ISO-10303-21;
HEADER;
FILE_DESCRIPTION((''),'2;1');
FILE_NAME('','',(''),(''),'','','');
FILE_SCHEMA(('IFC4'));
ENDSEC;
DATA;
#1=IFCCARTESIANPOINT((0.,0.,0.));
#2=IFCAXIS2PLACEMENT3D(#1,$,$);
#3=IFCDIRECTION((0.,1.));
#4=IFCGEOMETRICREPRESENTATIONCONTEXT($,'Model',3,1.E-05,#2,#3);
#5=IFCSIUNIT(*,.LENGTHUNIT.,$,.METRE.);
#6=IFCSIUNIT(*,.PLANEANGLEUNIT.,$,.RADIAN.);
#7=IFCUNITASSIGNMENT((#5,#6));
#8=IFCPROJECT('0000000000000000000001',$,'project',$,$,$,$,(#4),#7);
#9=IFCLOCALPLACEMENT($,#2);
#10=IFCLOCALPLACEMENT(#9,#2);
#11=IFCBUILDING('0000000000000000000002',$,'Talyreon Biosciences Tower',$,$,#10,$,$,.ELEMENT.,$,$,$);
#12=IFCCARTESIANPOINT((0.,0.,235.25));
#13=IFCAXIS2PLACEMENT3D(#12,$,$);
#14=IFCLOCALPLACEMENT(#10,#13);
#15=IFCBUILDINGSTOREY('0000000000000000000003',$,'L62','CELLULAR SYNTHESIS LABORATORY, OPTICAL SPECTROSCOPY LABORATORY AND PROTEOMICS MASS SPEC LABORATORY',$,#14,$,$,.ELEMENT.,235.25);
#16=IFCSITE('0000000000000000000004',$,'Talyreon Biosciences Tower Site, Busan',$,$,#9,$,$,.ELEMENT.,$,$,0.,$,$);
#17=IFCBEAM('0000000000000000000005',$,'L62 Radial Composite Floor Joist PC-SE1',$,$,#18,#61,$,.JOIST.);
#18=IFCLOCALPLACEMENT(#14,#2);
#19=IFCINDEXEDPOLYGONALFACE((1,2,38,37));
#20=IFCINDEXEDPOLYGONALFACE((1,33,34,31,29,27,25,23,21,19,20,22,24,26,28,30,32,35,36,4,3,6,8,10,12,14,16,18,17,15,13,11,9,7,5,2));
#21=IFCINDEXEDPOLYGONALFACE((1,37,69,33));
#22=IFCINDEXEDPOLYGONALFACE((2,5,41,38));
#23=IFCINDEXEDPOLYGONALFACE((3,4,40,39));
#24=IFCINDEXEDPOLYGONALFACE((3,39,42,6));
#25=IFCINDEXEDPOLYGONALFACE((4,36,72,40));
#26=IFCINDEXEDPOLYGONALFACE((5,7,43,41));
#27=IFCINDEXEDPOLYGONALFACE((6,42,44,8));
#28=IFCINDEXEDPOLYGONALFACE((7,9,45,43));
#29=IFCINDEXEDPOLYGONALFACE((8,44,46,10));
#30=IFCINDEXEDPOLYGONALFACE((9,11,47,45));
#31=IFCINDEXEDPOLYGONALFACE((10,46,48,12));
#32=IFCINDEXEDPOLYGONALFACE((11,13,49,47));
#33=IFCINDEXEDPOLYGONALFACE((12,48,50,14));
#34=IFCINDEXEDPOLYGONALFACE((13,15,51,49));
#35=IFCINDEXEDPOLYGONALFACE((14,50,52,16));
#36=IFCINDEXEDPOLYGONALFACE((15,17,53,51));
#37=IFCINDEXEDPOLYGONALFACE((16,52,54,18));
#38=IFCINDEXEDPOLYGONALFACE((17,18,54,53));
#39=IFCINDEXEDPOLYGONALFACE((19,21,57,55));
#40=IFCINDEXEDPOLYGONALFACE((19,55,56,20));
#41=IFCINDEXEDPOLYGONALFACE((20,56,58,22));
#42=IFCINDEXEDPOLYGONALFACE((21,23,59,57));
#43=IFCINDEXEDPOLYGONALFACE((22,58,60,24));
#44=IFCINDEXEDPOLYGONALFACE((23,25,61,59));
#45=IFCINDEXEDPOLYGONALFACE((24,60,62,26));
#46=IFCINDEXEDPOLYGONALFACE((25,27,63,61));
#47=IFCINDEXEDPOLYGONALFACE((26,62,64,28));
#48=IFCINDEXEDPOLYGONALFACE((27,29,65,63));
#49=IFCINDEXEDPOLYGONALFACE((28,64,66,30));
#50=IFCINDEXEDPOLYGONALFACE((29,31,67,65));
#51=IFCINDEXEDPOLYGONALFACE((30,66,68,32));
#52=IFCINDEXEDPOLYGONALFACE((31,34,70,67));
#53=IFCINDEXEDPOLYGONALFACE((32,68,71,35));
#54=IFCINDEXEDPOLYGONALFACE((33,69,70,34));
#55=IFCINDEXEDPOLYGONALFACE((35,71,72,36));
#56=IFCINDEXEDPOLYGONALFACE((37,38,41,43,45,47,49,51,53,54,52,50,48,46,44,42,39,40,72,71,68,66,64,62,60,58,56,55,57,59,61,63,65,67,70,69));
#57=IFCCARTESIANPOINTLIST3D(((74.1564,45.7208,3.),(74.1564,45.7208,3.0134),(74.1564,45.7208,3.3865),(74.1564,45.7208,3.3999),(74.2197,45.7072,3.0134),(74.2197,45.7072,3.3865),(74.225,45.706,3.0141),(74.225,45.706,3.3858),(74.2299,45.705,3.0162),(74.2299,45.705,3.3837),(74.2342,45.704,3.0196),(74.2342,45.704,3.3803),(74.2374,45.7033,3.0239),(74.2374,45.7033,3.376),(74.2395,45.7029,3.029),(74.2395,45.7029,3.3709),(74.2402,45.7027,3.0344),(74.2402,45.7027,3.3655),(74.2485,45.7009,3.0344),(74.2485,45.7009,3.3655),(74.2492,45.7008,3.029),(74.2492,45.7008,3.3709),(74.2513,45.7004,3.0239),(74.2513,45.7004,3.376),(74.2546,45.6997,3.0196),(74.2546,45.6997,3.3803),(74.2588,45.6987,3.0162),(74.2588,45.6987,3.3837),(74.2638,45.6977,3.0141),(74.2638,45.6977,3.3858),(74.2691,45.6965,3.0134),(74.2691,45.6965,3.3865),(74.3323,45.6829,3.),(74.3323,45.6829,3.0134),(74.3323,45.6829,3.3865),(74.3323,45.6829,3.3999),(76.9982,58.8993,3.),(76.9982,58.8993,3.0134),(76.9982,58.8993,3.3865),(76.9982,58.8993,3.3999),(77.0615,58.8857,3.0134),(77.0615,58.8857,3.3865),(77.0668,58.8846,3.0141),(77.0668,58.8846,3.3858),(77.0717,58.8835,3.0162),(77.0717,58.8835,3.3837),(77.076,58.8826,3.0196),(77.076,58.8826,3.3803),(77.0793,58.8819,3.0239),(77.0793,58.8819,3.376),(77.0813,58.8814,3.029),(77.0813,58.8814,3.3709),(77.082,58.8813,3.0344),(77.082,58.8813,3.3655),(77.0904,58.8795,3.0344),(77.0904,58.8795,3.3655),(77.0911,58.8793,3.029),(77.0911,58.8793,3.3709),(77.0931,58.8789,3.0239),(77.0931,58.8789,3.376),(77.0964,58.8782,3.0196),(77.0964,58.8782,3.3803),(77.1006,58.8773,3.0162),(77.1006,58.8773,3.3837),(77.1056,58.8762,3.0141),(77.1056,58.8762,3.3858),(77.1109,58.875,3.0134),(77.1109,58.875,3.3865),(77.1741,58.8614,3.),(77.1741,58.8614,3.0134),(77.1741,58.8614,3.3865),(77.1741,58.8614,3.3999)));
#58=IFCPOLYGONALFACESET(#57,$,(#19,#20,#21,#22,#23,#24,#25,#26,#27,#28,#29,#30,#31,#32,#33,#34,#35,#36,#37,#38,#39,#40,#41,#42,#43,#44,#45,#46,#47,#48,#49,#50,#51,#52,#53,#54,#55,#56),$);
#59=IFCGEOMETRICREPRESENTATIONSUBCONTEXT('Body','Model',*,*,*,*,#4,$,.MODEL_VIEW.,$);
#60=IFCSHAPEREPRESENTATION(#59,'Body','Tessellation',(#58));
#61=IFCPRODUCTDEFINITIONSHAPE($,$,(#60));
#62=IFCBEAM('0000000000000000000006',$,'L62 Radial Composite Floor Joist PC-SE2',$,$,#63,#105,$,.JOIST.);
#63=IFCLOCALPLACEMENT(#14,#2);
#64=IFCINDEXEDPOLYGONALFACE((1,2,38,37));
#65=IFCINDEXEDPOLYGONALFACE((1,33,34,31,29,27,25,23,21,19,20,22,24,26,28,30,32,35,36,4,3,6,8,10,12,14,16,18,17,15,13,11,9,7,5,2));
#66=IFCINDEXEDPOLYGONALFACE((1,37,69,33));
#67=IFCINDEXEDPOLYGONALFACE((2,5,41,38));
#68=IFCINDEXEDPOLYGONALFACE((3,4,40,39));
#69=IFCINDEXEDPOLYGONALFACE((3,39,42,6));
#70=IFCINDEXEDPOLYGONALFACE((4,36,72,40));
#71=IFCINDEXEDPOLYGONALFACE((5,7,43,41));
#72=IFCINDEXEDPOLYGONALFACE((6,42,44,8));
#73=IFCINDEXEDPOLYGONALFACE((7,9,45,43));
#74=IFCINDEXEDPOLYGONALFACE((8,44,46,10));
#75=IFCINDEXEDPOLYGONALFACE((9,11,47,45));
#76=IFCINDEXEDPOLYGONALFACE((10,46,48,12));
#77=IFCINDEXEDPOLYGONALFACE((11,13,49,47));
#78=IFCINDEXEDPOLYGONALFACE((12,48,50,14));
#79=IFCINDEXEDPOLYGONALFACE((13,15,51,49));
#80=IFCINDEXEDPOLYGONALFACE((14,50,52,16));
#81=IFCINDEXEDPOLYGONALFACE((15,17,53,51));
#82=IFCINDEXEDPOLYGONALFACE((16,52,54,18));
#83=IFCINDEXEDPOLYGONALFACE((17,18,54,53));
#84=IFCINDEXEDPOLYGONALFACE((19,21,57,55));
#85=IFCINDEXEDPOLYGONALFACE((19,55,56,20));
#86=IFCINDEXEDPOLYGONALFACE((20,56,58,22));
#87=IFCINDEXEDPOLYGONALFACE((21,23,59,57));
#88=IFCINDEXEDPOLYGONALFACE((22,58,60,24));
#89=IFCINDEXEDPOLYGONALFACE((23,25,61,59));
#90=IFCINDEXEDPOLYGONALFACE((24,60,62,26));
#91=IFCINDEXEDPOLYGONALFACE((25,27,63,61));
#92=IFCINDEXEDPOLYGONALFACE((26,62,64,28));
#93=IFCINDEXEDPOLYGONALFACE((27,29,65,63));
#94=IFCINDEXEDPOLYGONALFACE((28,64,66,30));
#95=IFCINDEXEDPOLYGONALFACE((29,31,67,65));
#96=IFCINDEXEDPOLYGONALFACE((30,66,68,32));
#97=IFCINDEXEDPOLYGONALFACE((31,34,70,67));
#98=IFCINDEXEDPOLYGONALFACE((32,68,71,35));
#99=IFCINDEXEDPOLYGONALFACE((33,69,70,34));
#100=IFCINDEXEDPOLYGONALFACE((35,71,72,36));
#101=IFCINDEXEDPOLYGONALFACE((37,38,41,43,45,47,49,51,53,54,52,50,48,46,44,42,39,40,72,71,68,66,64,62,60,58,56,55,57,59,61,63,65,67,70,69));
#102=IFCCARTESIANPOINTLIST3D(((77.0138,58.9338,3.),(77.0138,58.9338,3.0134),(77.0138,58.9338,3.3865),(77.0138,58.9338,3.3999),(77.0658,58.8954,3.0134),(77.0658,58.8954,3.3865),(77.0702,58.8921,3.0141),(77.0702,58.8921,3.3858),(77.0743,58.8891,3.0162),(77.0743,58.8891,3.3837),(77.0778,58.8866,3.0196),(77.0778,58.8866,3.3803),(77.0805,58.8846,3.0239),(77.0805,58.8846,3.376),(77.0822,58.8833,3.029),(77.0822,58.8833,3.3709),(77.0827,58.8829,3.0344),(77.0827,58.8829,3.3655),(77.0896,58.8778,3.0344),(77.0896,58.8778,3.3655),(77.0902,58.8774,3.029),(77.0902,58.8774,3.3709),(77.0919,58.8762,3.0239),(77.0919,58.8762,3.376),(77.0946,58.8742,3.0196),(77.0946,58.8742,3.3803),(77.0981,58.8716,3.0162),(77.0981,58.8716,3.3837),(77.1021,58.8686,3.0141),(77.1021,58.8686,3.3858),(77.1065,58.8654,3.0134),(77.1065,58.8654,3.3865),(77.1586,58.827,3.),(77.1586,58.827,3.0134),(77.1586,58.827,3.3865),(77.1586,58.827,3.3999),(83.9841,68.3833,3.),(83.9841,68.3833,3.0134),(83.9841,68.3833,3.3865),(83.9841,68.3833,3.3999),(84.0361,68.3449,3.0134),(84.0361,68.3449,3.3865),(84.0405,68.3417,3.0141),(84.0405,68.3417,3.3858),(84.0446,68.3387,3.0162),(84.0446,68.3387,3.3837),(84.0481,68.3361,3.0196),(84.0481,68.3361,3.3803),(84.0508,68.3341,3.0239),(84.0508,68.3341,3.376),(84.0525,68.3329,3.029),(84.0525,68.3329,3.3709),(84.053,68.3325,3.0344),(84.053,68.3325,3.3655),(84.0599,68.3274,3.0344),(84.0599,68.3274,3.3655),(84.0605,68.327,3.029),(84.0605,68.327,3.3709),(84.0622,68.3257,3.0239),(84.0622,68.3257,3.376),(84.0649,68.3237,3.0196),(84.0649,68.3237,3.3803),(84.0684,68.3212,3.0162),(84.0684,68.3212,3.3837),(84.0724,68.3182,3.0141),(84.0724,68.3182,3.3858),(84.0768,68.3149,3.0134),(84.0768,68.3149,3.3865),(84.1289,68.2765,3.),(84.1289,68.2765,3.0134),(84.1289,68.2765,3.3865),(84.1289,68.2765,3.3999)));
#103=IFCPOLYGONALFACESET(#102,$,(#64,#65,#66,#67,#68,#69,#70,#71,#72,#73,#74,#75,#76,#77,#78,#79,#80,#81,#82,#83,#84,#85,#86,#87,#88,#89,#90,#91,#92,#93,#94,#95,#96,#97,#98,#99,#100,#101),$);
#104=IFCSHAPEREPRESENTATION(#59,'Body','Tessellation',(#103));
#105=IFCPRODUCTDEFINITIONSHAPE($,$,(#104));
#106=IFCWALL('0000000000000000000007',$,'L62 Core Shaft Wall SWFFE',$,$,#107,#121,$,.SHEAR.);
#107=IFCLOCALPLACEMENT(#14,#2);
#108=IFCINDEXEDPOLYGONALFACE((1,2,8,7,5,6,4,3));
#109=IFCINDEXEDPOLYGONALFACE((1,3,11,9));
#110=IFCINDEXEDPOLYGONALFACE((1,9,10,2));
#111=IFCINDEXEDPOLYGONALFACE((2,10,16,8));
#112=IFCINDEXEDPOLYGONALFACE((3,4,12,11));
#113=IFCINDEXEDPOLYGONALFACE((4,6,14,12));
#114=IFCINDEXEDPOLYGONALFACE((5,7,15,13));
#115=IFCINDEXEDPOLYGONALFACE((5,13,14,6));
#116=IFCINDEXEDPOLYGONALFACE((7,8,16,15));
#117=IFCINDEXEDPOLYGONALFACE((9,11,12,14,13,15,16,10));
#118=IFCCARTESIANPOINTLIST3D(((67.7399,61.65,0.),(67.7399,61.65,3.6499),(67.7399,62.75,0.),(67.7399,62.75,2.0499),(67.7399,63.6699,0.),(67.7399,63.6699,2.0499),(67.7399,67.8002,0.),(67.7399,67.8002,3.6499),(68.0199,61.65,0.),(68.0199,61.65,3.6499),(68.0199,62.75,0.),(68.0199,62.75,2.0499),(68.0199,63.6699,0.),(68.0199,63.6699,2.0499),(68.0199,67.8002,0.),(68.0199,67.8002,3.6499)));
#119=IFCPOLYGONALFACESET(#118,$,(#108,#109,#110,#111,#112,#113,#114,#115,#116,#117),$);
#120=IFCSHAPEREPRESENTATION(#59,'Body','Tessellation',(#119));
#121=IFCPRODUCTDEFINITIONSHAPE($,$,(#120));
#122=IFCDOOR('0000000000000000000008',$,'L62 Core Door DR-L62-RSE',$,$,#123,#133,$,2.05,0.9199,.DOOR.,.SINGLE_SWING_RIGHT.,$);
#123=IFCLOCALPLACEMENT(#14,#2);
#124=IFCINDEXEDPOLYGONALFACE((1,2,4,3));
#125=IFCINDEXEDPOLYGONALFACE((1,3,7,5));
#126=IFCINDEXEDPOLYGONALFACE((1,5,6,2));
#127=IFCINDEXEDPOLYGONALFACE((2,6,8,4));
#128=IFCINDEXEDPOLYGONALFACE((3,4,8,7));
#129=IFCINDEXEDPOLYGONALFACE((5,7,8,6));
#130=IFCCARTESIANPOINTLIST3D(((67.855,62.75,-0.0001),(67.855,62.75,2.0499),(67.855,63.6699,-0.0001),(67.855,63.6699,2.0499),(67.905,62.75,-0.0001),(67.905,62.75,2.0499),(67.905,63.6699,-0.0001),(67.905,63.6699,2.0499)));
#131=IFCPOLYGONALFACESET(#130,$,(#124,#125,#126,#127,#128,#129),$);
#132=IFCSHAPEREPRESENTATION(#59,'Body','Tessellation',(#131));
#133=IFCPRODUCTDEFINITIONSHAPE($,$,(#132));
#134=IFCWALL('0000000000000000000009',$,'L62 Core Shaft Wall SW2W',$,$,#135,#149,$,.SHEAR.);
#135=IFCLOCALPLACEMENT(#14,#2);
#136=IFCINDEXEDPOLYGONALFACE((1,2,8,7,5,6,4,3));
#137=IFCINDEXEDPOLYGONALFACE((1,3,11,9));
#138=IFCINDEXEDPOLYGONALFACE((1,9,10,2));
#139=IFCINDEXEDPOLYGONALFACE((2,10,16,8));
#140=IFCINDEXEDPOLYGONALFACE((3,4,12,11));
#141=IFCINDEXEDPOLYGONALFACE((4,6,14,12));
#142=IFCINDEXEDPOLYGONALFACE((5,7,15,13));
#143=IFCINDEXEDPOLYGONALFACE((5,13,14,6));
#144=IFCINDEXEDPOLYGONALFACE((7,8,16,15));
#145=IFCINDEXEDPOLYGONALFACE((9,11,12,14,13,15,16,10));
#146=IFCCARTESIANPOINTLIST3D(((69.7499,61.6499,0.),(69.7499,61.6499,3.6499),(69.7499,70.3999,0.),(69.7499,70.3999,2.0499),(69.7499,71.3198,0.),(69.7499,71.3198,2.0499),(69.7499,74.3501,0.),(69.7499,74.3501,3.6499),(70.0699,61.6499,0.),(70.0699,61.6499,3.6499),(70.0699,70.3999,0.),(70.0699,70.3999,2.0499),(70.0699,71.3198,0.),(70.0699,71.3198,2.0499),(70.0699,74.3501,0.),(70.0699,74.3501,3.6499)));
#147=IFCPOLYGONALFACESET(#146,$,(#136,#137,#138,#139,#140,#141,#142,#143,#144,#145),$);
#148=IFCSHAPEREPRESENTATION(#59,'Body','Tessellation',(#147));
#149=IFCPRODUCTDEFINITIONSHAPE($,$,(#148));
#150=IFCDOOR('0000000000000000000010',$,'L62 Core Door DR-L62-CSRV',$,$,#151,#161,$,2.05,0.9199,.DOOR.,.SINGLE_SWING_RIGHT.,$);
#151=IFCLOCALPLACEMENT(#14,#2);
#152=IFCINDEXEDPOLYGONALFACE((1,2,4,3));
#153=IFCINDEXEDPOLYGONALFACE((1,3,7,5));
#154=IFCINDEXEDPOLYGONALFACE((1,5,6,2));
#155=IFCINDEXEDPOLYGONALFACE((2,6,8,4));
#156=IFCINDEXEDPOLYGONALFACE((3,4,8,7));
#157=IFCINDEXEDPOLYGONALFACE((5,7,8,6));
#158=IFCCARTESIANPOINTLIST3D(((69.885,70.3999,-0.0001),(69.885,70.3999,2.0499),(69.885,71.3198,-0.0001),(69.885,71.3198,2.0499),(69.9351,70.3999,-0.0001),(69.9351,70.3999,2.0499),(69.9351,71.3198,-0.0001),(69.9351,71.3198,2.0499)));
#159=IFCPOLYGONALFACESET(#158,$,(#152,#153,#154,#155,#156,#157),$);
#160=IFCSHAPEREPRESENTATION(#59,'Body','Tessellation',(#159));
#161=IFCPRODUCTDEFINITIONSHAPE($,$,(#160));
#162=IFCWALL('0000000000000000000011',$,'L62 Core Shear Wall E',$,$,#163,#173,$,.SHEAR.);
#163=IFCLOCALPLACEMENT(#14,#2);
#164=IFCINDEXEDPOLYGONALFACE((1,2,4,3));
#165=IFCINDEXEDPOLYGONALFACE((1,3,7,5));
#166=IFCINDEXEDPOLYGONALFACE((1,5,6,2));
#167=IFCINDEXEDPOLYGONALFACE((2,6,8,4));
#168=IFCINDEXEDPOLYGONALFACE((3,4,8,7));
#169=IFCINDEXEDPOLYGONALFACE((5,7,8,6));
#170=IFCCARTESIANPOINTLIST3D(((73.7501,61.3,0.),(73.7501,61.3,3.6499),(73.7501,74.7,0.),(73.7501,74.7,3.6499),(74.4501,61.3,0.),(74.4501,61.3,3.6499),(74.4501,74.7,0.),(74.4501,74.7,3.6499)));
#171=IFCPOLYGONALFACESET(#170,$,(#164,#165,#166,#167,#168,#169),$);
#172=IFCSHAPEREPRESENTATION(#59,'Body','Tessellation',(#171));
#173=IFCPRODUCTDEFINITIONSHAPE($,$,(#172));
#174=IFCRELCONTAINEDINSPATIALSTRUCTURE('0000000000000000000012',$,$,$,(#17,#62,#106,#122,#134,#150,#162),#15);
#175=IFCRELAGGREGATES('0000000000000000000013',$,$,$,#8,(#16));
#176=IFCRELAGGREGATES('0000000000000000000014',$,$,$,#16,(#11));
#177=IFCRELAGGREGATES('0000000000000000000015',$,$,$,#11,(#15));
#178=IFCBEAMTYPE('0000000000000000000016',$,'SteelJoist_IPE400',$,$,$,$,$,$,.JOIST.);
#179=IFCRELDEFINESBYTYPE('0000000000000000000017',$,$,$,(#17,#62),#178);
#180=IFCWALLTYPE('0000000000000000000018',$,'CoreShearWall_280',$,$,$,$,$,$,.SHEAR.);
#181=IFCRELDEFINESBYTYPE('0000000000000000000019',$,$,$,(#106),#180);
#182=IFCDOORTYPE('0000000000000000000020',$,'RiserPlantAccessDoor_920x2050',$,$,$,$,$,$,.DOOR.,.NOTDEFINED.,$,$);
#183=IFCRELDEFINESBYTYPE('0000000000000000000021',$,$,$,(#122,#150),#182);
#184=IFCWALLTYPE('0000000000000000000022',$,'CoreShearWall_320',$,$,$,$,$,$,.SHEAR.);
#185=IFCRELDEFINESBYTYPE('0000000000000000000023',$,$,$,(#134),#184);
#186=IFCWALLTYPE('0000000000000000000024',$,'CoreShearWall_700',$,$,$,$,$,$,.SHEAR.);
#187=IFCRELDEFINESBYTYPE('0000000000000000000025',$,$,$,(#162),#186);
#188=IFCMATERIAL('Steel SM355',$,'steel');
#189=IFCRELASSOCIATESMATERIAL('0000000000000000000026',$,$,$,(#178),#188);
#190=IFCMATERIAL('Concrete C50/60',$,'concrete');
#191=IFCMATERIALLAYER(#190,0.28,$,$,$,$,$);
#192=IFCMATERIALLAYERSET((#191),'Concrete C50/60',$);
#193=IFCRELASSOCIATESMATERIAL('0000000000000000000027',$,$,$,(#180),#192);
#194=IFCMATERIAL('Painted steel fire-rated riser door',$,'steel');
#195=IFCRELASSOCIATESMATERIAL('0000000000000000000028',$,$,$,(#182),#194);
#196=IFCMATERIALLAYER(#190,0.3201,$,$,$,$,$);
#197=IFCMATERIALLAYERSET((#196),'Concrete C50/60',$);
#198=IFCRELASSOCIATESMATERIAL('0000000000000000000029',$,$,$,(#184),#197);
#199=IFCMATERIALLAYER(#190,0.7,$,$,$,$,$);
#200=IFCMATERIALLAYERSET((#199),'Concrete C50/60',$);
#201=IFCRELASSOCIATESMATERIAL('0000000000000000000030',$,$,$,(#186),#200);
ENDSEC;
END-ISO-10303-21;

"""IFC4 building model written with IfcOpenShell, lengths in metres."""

from ifc_helpers import new_model, si_unit, direction, frame, frame_2d, origin, origin_2d, place, context, subcontext, project, spatial, rectangle, i_section, extrude, material, layer, layer_set, material_profile, profile_set, type_object, element, fill, save


model = new_model("IFC4")

# Units and contexts
model_context = context("Model", 3, precision=1e-05, world=origin(), true_north=direction((0.0, 1.0)))
body_context = subcontext(model_context, "Body", "Model", "MODEL_VIEW")
ifc_project = project(units=[si_unit("LENGTHUNIT", "METRE"), si_unit("PLANEANGLEUNIT", "RADIAN")], contexts=[model_context])

# Site, building, storey
site_placement = place(None, origin())
site = spatial("IfcSite", under=ifc_project, at=site_placement, Name="Talyreon Biosciences Tower Site, Busan", CompositionType="ELEMENT", RefElevation=0.0)
building_placement = place(site_placement, origin())
building = spatial("IfcBuilding", under=site, at=building_placement, Name="Talyreon Biosciences Tower", CompositionType="ELEMENT")
storey_placement = place(building_placement, frame((0.0, 0.0, 235.25)))
storey = spatial("IfcBuildingStorey", under=building, at=storey_placement, Name="L62", Description="CELLULAR SYNTHESIS LABORATORY, OPTICAL SPECTROSCOPY LABORATORY AND PROTEOMICS MASS SPEC LABORATORY", CompositionType="ELEMENT", Elevation=235.25)

# Shared definitions
ifc_material_1 = material(Name="Concrete C50/60", Category="concrete")

# Beams
ifc_material_2 = material(Name="Steel SM355", Category="steel")
ifc_material_profile_1 = material_profile(ifc_material_2, i_section(OverallWidth=0.1799, OverallDepth=0.3999, WebThickness=0.0085, FlangeThickness=0.0134, FilletRadius=0.021, at=origin_2d()), Name="IPE400")
ifc_profile_set_1 = profile_set([ifc_material_profile_1], Name="Steel SM355")
beam_type_1 = type_object("IfcBeamType", Name="SteelJoist_IPE400", PredefinedType="JOIST", material=ifc_profile_set_1)
beam_1_placement = place(storey_placement, frame((77.0862, 58.8804, 3.2), z_axis=(-0.210794, -0.97753, 0.0), x_axis=(0.97753, -0.210794, 0.0)))
element("IfcBeam", 1, at=beam_1_placement, inside=storey, type_object=beam_type_1, Name="L62 Radial Composite Floor Joist PC-SE1", PredefinedType="JOIST", context=body_context, shape_type="SweptSolid", body=[
    extrude(i_section(OverallWidth=0.1799, OverallDepth=0.3999, WebThickness=0.0085, FlangeThickness=0.0134, FilletRadius=0.021, at=origin_2d()), origin(), (0.0, 0.0, 1.0), 13.4814),
])
beam_2_placement = place(storey_placement, frame((77.0862, 58.8804, 3.2), z_axis=(0.59361, 0.804753, 0.0), x_axis=(-0.804753, 0.59361, 0.0)))
element("IfcBeam", 2, at=beam_2_placement, inside=storey, type_object=beam_type_1, Name="L62 Radial Composite Floor Joist PC-SE2", PredefinedType="JOIST", context=body_context, shape_type="SweptSolid", body=[
    extrude(i_section(OverallWidth=0.1799, OverallDepth=0.3999, WebThickness=0.0085, FlangeThickness=0.0134, FilletRadius=0.021, at=origin_2d()), origin(), (0.0, 0.0, 1.0), 11.7422),
])

# Walls, openings, doors
ifc_layer_1 = layer(ifc_material_1, 0.28)
ifc_layer_set_1 = layer_set([ifc_layer_1], Name="Concrete C50/60")
wall_type_1 = type_object("IfcWallType", Name="CoreShearWall_280", PredefinedType="SHEAR", material=ifc_layer_set_1)
wall_1_placement = place(storey_placement, frame((67.8799, 61.6499, 0.0), z_axis=(0.0, 0.0, 1.0), x_axis=(0.0, 1.0, 0.0)))
wall_1 = element("IfcWall", 3, at=wall_1_placement, inside=storey, type_object=wall_type_1, Name="L62 Core Shaft Wall SWFFE", PredefinedType="SHEAR", context=body_context, shape_type="SweptSolid", body=[
    extrude(rectangle(XDim=6.1501, YDim=0.28, at=frame_2d((3.0752, 0.0))), origin(), (0.0, 0.0, 1.0), 3.6499),
])
opening_1_placement = place(wall_1_placement, frame((1.1001, 0.0, 0.0)))
opening_1 = element("IfcOpeningElement", 4, at=opening_1_placement, cuts=wall_1, PredefinedType="OPENING", context=body_context, shape_type="SweptSolid", body=[
    extrude(rectangle(XDim=0.9199, YDim=2.05, at=frame_2d((0.46, 1.0249))), frame((0.0, 0.1499, 0.0), z_axis=(0.0, -1.0, 0.0), x_axis=(1.0, 0.0, 0.0)), (0.0, 0.0, 1.0), 0.3),
])
ifc_material_3 = material(Name="Painted steel fire-rated riser door", Category="steel")
door_type = type_object("IfcDoorType", Name="RiserPlantAccessDoor_920x2050", OperationType="NOTDEFINED", PredefinedType="DOOR", material=ifc_material_3)
door_1_placement = place(opening_1_placement, origin())
door_1 = element("IfcDoor", 5, at=door_1_placement, inside=storey, type_object=door_type, Name="L62 Core Door DR-L62-RSE", OperationType="SINGLE_SWING_RIGHT", OverallHeight=2.05, OverallWidth=0.9199, PredefinedType="DOOR", context=body_context, shape_type="SweptSolid", body=[
    extrude(rectangle(XDim=0.9199, YDim=2.05, at=frame_2d((0.46, 1.0249))), frame((0.0, 0.0249, 0.0), z_axis=(0.0, -1.0, 0.0), x_axis=(1.0, 0.0, 0.0)), (0.0, 0.0, 1.0), 0.05),
])
fill(opening_1, door_1)
ifc_layer_2 = layer(ifc_material_1, 0.3201)
ifc_layer_set_2 = layer_set([ifc_layer_2], Name="Concrete C50/60")
wall_type_2 = type_object("IfcWallType", Name="CoreShearWall_320", PredefinedType="SHEAR", material=ifc_layer_set_2)
wall_2_placement = place(storey_placement, frame((69.9099, 61.6499, 0.0), z_axis=(0.0, 0.0, 1.0), x_axis=(0.0, 1.0, 0.0)))
wall_2 = element("IfcWall", 6, at=wall_2_placement, inside=storey, type_object=wall_type_2, Name="L62 Core Shaft Wall SW2W", PredefinedType="SHEAR", context=body_context, shape_type="SweptSolid", body=[
    extrude(rectangle(XDim=12.7002, YDim=0.3201, at=frame_2d((6.3501, 0.0))), origin(), (0.0, 0.0, 1.0), 3.6499),
])
opening_2_placement = place(wall_2_placement, frame((8.75, 0.0, 0.0)))
opening_2 = element("IfcOpeningElement", 7, at=opening_2_placement, cuts=wall_2, PredefinedType="OPENING", context=body_context, shape_type="SweptSolid", body=[
    extrude(rectangle(XDim=0.9199, YDim=2.05, at=frame_2d((0.46, 1.0249))), frame((0.0, 0.1699, 0.0), z_axis=(0.0, -1.0, 0.0), x_axis=(1.0, 0.0, 0.0)), (0.0, 0.0, 1.0), 0.3401),
])
door_2_placement = place(opening_2_placement, origin())
door_2 = element("IfcDoor", 8, at=door_2_placement, inside=storey, type_object=door_type, Name="L62 Core Door DR-L62-CSRV", OperationType="SINGLE_SWING_RIGHT", OverallHeight=2.05, OverallWidth=0.9199, PredefinedType="DOOR", context=body_context, shape_type="SweptSolid", body=[
    extrude(rectangle(XDim=0.9199, YDim=2.05, at=frame_2d((0.46, 1.0249))), frame((0.0, 0.0249, 0.0), z_axis=(0.0, -1.0, 0.0), x_axis=(1.0, 0.0, 0.0)), (0.0, 0.0, 1.0), 0.05),
])
fill(opening_2, door_2)

# Wall
ifc_layer_3 = layer(ifc_material_1, 0.7)
ifc_layer_set_3 = layer_set([ifc_layer_3], Name="Concrete C50/60")
wall_type_3 = type_object("IfcWallType", Name="CoreShearWall_700", PredefinedType="SHEAR", material=ifc_layer_set_3)
wall_3_placement = place(storey_placement, frame((74.1001, 61.3, 0.0), z_axis=(0.0, 0.0, 1.0), x_axis=(0.0, 1.0, 0.0)))
element("IfcWall", 9, at=wall_3_placement, inside=storey, type_object=wall_type_3, Name="L62 Core Shear Wall E", PredefinedType="SHEAR", context=body_context, shape_type="SweptSolid", body=[
    extrude(rectangle(XDim=13.3999, YDim=0.7, at=frame_2d((6.7, 0.0))), origin(), (0.0, 0.0, 1.0), 3.6499),
])

save(model, "model.ifc")
